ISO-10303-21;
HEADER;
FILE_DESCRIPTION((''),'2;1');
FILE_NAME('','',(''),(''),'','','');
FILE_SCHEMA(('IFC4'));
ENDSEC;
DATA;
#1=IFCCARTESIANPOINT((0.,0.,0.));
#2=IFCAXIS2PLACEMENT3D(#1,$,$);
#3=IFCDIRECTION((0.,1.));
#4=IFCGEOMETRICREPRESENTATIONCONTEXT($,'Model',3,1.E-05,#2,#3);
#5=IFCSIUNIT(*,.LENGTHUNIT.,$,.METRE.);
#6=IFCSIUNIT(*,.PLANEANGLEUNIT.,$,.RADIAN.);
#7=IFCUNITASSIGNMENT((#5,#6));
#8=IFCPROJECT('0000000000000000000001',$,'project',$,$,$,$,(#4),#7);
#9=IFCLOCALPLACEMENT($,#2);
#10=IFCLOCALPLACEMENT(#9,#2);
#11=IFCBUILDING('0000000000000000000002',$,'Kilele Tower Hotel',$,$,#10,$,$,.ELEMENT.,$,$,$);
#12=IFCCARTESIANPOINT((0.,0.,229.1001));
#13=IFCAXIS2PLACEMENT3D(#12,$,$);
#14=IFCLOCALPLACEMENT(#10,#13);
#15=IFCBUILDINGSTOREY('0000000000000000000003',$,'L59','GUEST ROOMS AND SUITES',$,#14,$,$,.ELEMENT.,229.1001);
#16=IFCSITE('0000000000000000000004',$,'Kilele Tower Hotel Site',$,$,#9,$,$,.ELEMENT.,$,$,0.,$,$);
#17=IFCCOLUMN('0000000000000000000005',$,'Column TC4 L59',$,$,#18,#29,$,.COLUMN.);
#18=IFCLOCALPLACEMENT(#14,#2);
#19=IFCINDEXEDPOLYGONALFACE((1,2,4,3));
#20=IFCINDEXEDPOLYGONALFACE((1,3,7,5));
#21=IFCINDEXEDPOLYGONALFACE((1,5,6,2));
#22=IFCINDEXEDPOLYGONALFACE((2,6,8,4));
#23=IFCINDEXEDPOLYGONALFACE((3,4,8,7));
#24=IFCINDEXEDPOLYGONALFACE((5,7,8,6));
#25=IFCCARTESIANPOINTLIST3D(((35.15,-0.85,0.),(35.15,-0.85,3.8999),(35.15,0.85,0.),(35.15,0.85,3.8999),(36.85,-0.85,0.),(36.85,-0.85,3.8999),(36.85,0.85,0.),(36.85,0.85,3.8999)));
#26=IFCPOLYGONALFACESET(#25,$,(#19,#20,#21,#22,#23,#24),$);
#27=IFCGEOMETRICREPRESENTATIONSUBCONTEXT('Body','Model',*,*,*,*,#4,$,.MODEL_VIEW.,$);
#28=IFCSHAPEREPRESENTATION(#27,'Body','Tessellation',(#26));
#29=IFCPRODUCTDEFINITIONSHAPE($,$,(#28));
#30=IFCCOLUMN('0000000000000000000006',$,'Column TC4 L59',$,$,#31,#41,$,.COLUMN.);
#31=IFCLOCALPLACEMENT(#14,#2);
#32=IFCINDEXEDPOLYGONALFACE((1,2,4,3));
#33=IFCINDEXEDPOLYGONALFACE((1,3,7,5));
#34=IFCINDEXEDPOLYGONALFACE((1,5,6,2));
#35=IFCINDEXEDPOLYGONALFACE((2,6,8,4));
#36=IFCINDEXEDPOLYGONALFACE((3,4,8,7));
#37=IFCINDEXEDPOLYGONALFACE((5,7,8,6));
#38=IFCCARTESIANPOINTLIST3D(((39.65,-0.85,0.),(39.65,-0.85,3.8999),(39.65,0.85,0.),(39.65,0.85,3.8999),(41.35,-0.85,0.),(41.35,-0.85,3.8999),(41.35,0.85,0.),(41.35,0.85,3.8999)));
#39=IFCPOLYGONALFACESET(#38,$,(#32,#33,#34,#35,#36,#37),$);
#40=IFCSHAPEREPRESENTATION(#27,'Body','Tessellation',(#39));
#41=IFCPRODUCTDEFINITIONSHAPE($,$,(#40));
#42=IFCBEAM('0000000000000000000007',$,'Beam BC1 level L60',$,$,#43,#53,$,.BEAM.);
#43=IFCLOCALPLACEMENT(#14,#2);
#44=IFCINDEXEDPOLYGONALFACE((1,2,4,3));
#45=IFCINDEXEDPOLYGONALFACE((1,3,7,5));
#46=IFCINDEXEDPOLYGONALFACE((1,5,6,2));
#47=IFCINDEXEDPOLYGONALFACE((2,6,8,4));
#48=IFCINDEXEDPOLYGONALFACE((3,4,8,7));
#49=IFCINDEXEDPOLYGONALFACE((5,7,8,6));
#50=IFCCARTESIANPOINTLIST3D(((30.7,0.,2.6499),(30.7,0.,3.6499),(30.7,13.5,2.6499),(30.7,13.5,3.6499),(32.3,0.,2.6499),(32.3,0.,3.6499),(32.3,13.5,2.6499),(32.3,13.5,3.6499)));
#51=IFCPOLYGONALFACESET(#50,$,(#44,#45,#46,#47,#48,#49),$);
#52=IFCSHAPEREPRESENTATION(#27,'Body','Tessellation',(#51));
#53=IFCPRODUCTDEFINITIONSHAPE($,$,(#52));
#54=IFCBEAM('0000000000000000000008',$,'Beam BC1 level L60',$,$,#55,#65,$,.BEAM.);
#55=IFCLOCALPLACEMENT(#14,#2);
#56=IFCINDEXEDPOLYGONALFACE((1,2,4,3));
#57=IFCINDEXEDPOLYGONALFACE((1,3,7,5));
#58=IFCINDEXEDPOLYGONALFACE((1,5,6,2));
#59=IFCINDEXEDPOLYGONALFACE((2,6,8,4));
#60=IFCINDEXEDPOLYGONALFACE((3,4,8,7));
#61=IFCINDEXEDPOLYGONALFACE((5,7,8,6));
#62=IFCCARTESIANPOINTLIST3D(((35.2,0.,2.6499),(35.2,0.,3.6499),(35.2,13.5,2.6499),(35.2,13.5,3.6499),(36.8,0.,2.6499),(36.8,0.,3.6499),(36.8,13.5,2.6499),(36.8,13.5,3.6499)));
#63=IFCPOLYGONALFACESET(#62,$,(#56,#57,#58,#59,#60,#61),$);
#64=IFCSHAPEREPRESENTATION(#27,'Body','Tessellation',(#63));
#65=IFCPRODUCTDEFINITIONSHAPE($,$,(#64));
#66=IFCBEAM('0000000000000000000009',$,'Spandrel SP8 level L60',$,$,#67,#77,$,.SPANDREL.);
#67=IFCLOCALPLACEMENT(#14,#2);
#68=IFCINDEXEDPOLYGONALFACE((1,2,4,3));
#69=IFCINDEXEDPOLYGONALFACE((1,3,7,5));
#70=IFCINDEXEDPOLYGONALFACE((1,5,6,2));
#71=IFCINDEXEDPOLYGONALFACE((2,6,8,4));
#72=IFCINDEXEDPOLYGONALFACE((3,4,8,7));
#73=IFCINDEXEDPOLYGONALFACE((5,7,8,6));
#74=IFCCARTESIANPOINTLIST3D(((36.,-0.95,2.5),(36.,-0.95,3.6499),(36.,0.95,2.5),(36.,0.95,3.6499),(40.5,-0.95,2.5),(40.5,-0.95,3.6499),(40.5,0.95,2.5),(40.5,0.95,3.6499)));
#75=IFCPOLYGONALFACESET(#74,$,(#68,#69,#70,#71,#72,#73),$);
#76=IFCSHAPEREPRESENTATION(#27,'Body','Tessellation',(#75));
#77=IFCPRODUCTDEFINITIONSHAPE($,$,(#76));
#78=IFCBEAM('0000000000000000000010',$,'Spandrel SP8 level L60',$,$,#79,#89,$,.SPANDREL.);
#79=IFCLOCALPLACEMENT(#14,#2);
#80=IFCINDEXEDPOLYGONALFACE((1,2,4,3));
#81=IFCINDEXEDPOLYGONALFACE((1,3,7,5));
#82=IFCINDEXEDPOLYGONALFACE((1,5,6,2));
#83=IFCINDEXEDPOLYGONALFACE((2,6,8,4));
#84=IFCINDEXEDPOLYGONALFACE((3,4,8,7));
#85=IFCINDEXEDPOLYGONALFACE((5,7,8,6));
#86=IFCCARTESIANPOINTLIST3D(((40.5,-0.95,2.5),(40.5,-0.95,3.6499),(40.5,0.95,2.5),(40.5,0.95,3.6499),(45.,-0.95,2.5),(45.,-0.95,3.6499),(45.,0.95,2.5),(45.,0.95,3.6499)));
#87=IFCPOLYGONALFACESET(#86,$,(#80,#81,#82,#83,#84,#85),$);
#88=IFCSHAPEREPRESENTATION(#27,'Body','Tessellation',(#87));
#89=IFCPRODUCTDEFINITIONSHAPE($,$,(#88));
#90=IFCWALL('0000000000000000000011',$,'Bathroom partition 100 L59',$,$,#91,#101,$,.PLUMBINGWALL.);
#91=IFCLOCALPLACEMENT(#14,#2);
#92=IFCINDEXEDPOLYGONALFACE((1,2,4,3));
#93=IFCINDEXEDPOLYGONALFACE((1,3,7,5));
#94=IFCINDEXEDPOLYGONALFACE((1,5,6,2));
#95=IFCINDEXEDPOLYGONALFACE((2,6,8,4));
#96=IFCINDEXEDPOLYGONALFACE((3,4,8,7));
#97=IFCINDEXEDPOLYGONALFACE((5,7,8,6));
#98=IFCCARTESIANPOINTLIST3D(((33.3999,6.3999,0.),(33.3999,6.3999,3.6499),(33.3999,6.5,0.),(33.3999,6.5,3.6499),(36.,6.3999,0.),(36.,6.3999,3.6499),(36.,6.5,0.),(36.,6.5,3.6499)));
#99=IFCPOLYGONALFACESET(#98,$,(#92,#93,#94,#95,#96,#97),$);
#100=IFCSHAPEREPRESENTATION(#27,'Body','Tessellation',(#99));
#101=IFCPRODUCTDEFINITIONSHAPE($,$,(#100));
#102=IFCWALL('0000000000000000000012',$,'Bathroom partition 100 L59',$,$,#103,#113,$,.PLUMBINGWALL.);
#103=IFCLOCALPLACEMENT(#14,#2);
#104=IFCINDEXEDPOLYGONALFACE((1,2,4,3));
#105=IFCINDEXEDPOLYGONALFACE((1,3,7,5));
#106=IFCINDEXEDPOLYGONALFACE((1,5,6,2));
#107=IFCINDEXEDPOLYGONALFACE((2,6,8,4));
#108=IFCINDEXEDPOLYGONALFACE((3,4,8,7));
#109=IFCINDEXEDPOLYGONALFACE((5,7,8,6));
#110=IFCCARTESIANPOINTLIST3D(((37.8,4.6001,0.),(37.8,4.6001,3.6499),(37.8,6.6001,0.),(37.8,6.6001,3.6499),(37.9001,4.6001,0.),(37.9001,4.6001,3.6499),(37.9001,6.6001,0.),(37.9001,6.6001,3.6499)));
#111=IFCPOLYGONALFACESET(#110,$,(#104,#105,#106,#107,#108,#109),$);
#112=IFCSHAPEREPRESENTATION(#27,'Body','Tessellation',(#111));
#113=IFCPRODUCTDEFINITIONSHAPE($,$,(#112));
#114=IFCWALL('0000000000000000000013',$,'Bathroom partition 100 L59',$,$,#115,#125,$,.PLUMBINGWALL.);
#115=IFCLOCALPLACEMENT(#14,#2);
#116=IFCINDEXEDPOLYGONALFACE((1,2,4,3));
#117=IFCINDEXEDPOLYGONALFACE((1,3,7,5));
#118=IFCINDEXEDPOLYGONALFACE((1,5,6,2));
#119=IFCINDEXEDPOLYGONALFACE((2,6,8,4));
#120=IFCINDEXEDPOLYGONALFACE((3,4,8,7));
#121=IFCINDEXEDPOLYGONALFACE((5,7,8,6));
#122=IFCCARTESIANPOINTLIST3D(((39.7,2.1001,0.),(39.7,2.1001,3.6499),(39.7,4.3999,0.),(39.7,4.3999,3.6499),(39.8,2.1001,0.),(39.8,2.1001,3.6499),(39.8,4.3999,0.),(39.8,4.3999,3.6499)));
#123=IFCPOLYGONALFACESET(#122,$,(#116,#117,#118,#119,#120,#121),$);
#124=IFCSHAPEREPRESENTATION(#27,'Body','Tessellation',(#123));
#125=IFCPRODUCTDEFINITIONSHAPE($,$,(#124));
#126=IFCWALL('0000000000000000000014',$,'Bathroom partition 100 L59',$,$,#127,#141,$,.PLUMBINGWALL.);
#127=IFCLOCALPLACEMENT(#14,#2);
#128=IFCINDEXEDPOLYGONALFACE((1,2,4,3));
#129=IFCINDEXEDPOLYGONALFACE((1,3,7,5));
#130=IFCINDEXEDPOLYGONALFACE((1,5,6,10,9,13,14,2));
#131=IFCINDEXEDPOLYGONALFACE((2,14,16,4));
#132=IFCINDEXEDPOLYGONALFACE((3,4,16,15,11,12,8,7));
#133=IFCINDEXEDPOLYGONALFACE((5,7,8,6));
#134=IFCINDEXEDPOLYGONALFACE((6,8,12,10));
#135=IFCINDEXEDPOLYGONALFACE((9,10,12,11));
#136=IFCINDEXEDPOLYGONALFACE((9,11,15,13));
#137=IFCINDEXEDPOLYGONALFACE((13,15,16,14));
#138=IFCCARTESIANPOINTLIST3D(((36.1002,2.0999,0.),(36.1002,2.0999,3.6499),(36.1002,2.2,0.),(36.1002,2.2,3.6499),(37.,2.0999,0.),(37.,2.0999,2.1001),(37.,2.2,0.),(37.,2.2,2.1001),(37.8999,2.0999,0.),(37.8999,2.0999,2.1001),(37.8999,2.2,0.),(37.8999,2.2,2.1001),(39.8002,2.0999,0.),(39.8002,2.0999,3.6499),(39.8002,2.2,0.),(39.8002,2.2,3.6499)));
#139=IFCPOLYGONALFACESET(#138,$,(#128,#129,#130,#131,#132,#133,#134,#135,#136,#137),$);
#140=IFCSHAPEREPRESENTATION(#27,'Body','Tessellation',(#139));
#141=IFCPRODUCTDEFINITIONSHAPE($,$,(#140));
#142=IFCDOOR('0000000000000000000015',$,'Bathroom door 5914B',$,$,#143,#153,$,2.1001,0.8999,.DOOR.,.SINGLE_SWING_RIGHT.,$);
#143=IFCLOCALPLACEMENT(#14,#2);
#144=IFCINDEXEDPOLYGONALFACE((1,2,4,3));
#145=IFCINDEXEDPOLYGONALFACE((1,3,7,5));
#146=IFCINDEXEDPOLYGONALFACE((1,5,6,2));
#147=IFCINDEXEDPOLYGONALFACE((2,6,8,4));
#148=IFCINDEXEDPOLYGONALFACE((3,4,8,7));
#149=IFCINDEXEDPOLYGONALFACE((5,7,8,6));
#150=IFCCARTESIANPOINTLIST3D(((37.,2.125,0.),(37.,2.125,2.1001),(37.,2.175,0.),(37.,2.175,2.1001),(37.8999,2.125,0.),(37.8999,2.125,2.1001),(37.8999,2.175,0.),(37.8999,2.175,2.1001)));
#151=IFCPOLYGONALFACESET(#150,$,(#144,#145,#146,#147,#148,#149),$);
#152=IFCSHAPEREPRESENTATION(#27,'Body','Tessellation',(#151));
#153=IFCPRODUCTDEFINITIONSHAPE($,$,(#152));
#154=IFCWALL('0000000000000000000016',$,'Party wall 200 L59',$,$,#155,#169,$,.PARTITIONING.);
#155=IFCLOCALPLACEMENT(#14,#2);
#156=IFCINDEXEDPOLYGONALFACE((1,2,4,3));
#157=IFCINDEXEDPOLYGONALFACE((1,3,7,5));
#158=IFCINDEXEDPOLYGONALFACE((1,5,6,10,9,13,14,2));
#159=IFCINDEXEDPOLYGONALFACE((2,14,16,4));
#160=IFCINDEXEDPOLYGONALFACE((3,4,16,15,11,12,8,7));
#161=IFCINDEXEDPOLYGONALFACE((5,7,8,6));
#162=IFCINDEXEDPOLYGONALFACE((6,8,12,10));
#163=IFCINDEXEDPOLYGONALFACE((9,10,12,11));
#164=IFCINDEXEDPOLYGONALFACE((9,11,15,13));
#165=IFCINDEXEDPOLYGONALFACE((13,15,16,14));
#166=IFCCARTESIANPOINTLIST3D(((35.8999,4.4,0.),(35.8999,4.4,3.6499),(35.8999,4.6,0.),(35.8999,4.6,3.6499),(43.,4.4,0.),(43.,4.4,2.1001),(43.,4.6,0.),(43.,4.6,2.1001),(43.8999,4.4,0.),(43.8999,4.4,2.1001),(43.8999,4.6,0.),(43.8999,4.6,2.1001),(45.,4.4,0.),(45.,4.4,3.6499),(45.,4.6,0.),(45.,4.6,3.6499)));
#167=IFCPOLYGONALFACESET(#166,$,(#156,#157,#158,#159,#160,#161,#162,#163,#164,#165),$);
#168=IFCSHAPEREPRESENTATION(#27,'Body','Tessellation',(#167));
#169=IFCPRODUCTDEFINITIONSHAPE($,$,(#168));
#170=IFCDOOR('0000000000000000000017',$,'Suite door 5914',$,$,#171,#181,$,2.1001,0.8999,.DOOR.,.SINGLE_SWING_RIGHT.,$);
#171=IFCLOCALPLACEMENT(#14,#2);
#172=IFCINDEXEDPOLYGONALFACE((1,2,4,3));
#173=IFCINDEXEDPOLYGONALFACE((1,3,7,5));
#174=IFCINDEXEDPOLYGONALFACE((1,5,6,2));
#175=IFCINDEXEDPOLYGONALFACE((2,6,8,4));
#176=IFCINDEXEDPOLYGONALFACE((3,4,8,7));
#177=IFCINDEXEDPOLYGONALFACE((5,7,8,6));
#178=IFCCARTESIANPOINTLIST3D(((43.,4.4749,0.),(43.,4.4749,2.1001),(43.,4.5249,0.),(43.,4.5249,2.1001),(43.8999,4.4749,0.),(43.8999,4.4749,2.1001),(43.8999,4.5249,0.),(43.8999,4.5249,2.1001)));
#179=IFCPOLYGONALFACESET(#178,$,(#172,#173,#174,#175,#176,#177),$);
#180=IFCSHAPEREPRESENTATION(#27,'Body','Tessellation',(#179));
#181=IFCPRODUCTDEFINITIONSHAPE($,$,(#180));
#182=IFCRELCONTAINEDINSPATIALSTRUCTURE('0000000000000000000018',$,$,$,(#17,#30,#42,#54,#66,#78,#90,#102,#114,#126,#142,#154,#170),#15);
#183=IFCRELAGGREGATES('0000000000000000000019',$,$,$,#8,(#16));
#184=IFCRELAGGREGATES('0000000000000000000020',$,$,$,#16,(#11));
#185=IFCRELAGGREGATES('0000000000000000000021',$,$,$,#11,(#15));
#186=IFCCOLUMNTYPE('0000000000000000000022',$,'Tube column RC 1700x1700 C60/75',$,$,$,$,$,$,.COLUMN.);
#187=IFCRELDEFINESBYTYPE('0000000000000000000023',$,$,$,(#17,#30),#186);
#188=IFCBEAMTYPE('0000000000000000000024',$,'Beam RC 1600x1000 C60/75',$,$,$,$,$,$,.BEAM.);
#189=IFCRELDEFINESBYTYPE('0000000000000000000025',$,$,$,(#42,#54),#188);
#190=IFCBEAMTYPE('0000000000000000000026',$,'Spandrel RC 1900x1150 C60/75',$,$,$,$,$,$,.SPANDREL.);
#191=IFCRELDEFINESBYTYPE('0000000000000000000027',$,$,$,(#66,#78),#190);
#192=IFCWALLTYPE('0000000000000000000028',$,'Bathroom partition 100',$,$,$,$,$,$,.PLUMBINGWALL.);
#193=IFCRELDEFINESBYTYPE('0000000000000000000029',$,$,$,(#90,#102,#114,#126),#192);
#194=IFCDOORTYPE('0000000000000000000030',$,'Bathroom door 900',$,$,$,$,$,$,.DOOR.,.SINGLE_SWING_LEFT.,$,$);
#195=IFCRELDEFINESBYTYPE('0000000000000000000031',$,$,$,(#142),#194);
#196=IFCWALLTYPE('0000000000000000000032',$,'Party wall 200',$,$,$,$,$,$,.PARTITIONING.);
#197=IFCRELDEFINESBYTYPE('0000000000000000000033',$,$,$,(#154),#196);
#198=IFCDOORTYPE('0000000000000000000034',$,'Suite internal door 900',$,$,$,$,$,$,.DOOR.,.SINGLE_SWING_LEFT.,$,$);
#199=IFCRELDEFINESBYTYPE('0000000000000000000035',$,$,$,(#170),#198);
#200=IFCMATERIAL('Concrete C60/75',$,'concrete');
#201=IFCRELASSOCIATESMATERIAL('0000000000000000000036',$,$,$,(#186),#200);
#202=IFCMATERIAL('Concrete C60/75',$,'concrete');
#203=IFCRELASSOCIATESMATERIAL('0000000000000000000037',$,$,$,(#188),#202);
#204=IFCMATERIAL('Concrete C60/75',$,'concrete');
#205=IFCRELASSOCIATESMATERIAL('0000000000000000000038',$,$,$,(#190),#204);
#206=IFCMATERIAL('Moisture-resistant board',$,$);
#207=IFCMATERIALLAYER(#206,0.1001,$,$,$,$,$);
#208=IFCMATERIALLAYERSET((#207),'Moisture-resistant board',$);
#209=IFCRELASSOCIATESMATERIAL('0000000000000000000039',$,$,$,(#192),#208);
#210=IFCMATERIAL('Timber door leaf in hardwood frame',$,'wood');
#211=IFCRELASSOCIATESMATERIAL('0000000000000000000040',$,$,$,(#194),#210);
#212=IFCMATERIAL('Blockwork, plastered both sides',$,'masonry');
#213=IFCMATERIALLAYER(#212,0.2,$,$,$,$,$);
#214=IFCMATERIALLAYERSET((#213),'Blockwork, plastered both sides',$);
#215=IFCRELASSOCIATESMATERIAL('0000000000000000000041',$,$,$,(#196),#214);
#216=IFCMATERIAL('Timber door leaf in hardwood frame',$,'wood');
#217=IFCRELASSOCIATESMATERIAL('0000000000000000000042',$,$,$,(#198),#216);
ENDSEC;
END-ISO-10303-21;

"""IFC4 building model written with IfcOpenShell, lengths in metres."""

from ifc_helpers import new_model, si_unit, direction, frame, frame_2d, origin, origin_2d, place, context, subcontext, project, spatial, rectangle, extrude, material, layer, layer_set, material_profile, profile_set, type_object, element, fill, save


model = new_model("IFC4")

# Units and contexts
model_context = context("Model", 3, precision=1e-05, world=origin(), true_north=direction((0.0, 1.0)))
body_context = subcontext(model_context, "Body", "Model", "MODEL_VIEW")
ifc_project = project(units=[si_unit("LENGTHUNIT", "METRE"), si_unit("PLANEANGLEUNIT", "RADIAN")], contexts=[model_context])

# Site, building, storey
site_placement = place(None, origin())
site = spatial("IfcSite", under=ifc_project, at=site_placement, Name="Kilele Tower Hotel Site", CompositionType="ELEMENT", RefElevation=0.0)
building_placement = place(site_placement, origin())
building = spatial("IfcBuilding", under=site, at=building_placement, Name="Kilele Tower Hotel", CompositionType="ELEMENT")
storey_placement = place(building_placement, frame((0.0, 0.0, 229.1001)))
storey = spatial("IfcBuildingStorey", under=building, at=storey_placement, Name="L59", Description="GUEST ROOMS AND SUITES", CompositionType="ELEMENT", Elevation=229.1001)

# Columns
ifc_material_1 = material(Name="Concrete C60/75", Category="concrete")
ifc_material_profile_1 = material_profile(ifc_material_1, rectangle(XDim=1.7, YDim=1.7, at=origin_2d()))
ifc_profile_set_1 = profile_set([ifc_material_profile_1], Name="Concrete C60/75")
column_type = type_object("IfcColumnType", Name="Tube column RC 1700x1700 C60/75", PredefinedType="COLUMN", material=ifc_profile_set_1)
for number, where, z_axis, x_axis, name in (
    (1, (36.0, 0.0, 0.0), (0.0, 0.0, 1.0), (1.0, 0.0, 0.0), "Column TC4 L59"),
    (2, (40.5, 0.0, 0.0), (0.0, 0.0, 1.0), (1.0, 0.0, 0.0), "Column TC4 L59"),
):
    element("IfcColumn", number, at=place(storey_placement, frame(where, z_axis=z_axis, x_axis=x_axis)), inside=storey, type_object=column_type, Name=name, PredefinedType="COLUMN", context=body_context, shape_type="SweptSolid", body=[
        extrude(rectangle(XDim=1.7, YDim=1.7, at=origin_2d()), origin(), (0.0, 0.0, 1.0), 3.8999),
    ])

# Beams
ifc_material_2 = material(Name="Concrete C60/75", Category="concrete")
ifc_material_profile_2 = material_profile(ifc_material_2, rectangle(XDim=1.6001, YDim=1.0, at=origin_2d()))
ifc_profile_set_2 = profile_set([ifc_material_profile_2], Name="Concrete C60/75")
beam_type_1 = type_object("IfcBeamType", Name="Beam RC 1600x1000 C60/75", PredefinedType="BEAM", material=ifc_profile_set_2)
for number, where, z_axis, x_axis, name in (
    (3, (31.5, 0.0, 3.1499), (0.0, 1.0, 0.0), (-1.0, 0.0, 0.0), "Beam BC1 level L60"),
    (4, (36.0, 0.0, 3.1499), (0.0, 1.0, 0.0), (-1.0, 0.0, 0.0), "Beam BC1 level L60"),
):
    element("IfcBeam", number, at=place(storey_placement, frame(where, z_axis=z_axis, x_axis=x_axis)), inside=storey, type_object=beam_type_1, Name=name, PredefinedType="BEAM", context=body_context, shape_type="SweptSolid", body=[
        extrude(rectangle(XDim=1.6001, YDim=1.0, at=origin_2d()), origin(), (0.0, 0.0, 1.0), 13.5),
    ])
ifc_material_3 = material(Name="Concrete C60/75", Category="concrete")
ifc_material_profile_3 = material_profile(ifc_material_3, rectangle(XDim=1.8999, YDim=1.1499, at=origin_2d()))
ifc_profile_set_3 = profile_set([ifc_material_profile_3], Name="Concrete C60/75")
beam_type_2 = type_object("IfcBeamType", Name="Spandrel RC 1900x1150 C60/75", PredefinedType="SPANDREL", material=ifc_profile_set_3)
for number, where, z_axis, x_axis, name in (
    (5, (36.0, 0.0, 3.075), (1.0, 0.0, 0.0), (0.0, 1.0, 0.0), "Spandrel SP8 level L60"),
    (6, (40.5, 0.0, 3.075), (1.0, 0.0, 0.0), (0.0, 1.0, 0.0), "Spandrel SP8 level L60"),
):
    element("IfcBeam", number, at=place(storey_placement, frame(where, z_axis=z_axis, x_axis=x_axis)), inside=storey, type_object=beam_type_2, Name=name, PredefinedType="SPANDREL", context=body_context, shape_type="SweptSolid", body=[
        extrude(rectangle(XDim=1.8999, YDim=1.1499, at=origin_2d()), origin(), (0.0, 0.0, 1.0), 4.5),
    ])

# Walls
ifc_material_4 = material(Name="Moisture-resistant board")
ifc_layer_1 = layer(ifc_material_4, 0.1001)
ifc_layer_set_1 = layer_set([ifc_layer_1], Name="Moisture-resistant board")
wall_type_1 = type_object("IfcWallType", Name="Bathroom partition 100", PredefinedType="PLUMBINGWALL", material=ifc_layer_set_1)
wall_1_placement = place(storey_placement, frame((33.3999, 6.45, 0.0), z_axis=(0.0, 0.0, 1.0), x_axis=(1.0, 0.0, 0.0)))
element("IfcWall", 7, at=wall_1_placement, inside=storey, type_object=wall_type_1, Name="Bathroom partition 100 L59", PredefinedType="PLUMBINGWALL", context=body_context, shape_type="SweptSolid", body=[
    extrude(rectangle(XDim=2.6001, YDim=0.1001, at=frame_2d((1.3, 0.0))), origin(), (0.0, 0.0, 1.0), 3.6499),
])
wall_2_placement = place(storey_placement, frame((37.8501, 4.6001, 0.0), z_axis=(0.0, 0.0, 1.0), x_axis=(0.0, 1.0, 0.0)))
element("IfcWall", 8, at=wall_2_placement, inside=storey, type_object=wall_type_1, Name="Bathroom partition 100 L59", PredefinedType="PLUMBINGWALL", context=body_context, shape_type="SweptSolid", body=[
    extrude(rectangle(XDim=2.0, YDim=0.1001, at=frame_2d((1.0, 0.0))), origin(), (0.0, 0.0, 1.0), 3.6499),
])
wall_3_placement = place(storey_placement, frame((39.75, 4.3999, 0.0), z_axis=(0.0, 0.0, 1.0), x_axis=(0.0, -1.0, 0.0)))
element("IfcWall", 9, at=wall_3_placement, inside=storey, type_object=wall_type_1, Name="Bathroom partition 100 L59", PredefinedType="PLUMBINGWALL", context=body_context, shape_type="SweptSolid", body=[
    extrude(rectangle(XDim=2.2998, YDim=0.1001, at=frame_2d((1.1499, 0.0))), origin(), (0.0, 0.0, 1.0), 3.6499),
])

# Walls, openings, doors
wall_4_placement = place(storey_placement, frame((36.1001, 2.1499, 0.0), z_axis=(0.0, 0.0, 1.0), x_axis=(1.0, 0.0, 0.0)))
wall_4 = element("IfcWall", 10, at=wall_4_placement, inside=storey, type_object=wall_type_1, Name="Bathroom partition 100 L59", PredefinedType="PLUMBINGWALL", context=body_context, shape_type="SweptSolid", body=[
    extrude(rectangle(XDim=3.7, YDim=0.1001, at=frame_2d((1.8501, 0.0))), origin(), (0.0, 0.0, 1.0), 3.6499),
])
opening_1_placement = place(wall_4_placement, frame((1.7998, 0.0, 0.0), z_axis=(0.0, 0.0, 1.0), x_axis=(-1.0, 0.0, 0.0)))
opening_1 = element("IfcOpeningElement", 11, at=opening_1_placement, cuts=wall_4, PredefinedType="OPENING", context=body_context, shape_type="SweptSolid", body=[
    extrude(rectangle(XDim=0.8999, YDim=2.1001, at=frame_2d((0.45, 1.05))), frame((0.0, 0.0601, 0.0), z_axis=(0.0, -1.0, 0.0), x_axis=(1.0, 0.0, 0.0)), (0.0, 0.0, 1.0), 0.1201),
])
ifc_material_5 = material(Name="Timber door leaf in hardwood frame", Category="wood")
door_type_1 = type_object("IfcDoorType", Name="Bathroom door 900", OperationType="SINGLE_SWING_LEFT", PredefinedType="DOOR", material=ifc_material_5)
door_1_placement = place(opening_1_placement, origin())
door_1 = element("IfcDoor", 12, at=door_1_placement, inside=storey, type_object=door_type_1, Name="Bathroom door 5914B", OperationType="SINGLE_SWING_RIGHT", OverallHeight=2.1001, OverallWidth=0.8999, PredefinedType="DOOR", context=body_context, shape_type="SweptSolid", body=[
    extrude(rectangle(XDim=0.8999, YDim=2.1001, at=frame_2d((0.45, 1.05))), frame((0.0, 0.0249, 0.0), z_axis=(0.0, -1.0, 0.0), x_axis=(1.0, 0.0, 0.0)), (0.0, 0.0, 1.0), 0.05),
])
fill(opening_1, door_1)
ifc_material_6 = material(Name="Blockwork, plastered both sides", Category="masonry")
ifc_layer_2 = layer(ifc_material_6, 0.2)
ifc_layer_set_2 = layer_set([ifc_layer_2], Name="Blockwork, plastered both sides")
wall_type_2 = type_object("IfcWallType", Name="Party wall 200", PredefinedType="PARTITIONING", material=ifc_layer_set_2)
wall_5_placement = place(storey_placement, frame((35.8999, 4.5, 0.0), z_axis=(0.0, 0.0, 1.0), x_axis=(1.0, 0.0, 0.0)))
wall_5 = element("IfcWall", 13, at=wall_5_placement, inside=storey, type_object=wall_type_2, Name="Party wall 200 L59", PredefinedType="PARTITIONING", context=body_context, shape_type="SweptSolid", body=[
    extrude(rectangle(XDim=9.1001, YDim=0.2, at=frame_2d((4.55, 0.0))), origin(), (0.0, 0.0, 1.0), 3.6499),
])
opening_2_placement = place(wall_5_placement, frame((7.1001, 0.0, 0.0)))
opening_2 = element("IfcOpeningElement", 14, at=opening_2_placement, cuts=wall_5, PredefinedType="OPENING", context=body_context, shape_type="SweptSolid", body=[
    extrude(rectangle(XDim=0.8999, YDim=2.1001, at=frame_2d((0.45, 1.05))), frame((0.0, 0.1099, 0.0), z_axis=(0.0, -1.0, 0.0), x_axis=(1.0, 0.0, 0.0)), (0.0, 0.0, 1.0), 0.22),
])
ifc_material_7 = material(Name="Timber door leaf in hardwood frame", Category="wood")
door_type_2 = type_object("IfcDoorType", Name="Suite internal door 900", OperationType="SINGLE_SWING_LEFT", PredefinedType="DOOR", material=ifc_material_7)
door_2_placement = place(opening_2_placement, origin())
door_2 = element("IfcDoor", 15, at=door_2_placement, inside=storey, type_object=door_type_2, Name="Suite door 5914", OperationType="SINGLE_SWING_RIGHT", OverallHeight=2.1001, OverallWidth=0.8999, PredefinedType="DOOR", context=body_context, shape_type="SweptSolid", body=[
    extrude(rectangle(XDim=0.8999, YDim=2.1001, at=frame_2d((0.45, 1.05))), frame((0.0, 0.0249, 0.0), z_axis=(0.0, -1.0, 0.0), x_axis=(1.0, 0.0, 0.0)), (0.0, 0.0, 1.0), 0.05),
])
fill(opening_2, door_2)

save(model, "model.ifc")
